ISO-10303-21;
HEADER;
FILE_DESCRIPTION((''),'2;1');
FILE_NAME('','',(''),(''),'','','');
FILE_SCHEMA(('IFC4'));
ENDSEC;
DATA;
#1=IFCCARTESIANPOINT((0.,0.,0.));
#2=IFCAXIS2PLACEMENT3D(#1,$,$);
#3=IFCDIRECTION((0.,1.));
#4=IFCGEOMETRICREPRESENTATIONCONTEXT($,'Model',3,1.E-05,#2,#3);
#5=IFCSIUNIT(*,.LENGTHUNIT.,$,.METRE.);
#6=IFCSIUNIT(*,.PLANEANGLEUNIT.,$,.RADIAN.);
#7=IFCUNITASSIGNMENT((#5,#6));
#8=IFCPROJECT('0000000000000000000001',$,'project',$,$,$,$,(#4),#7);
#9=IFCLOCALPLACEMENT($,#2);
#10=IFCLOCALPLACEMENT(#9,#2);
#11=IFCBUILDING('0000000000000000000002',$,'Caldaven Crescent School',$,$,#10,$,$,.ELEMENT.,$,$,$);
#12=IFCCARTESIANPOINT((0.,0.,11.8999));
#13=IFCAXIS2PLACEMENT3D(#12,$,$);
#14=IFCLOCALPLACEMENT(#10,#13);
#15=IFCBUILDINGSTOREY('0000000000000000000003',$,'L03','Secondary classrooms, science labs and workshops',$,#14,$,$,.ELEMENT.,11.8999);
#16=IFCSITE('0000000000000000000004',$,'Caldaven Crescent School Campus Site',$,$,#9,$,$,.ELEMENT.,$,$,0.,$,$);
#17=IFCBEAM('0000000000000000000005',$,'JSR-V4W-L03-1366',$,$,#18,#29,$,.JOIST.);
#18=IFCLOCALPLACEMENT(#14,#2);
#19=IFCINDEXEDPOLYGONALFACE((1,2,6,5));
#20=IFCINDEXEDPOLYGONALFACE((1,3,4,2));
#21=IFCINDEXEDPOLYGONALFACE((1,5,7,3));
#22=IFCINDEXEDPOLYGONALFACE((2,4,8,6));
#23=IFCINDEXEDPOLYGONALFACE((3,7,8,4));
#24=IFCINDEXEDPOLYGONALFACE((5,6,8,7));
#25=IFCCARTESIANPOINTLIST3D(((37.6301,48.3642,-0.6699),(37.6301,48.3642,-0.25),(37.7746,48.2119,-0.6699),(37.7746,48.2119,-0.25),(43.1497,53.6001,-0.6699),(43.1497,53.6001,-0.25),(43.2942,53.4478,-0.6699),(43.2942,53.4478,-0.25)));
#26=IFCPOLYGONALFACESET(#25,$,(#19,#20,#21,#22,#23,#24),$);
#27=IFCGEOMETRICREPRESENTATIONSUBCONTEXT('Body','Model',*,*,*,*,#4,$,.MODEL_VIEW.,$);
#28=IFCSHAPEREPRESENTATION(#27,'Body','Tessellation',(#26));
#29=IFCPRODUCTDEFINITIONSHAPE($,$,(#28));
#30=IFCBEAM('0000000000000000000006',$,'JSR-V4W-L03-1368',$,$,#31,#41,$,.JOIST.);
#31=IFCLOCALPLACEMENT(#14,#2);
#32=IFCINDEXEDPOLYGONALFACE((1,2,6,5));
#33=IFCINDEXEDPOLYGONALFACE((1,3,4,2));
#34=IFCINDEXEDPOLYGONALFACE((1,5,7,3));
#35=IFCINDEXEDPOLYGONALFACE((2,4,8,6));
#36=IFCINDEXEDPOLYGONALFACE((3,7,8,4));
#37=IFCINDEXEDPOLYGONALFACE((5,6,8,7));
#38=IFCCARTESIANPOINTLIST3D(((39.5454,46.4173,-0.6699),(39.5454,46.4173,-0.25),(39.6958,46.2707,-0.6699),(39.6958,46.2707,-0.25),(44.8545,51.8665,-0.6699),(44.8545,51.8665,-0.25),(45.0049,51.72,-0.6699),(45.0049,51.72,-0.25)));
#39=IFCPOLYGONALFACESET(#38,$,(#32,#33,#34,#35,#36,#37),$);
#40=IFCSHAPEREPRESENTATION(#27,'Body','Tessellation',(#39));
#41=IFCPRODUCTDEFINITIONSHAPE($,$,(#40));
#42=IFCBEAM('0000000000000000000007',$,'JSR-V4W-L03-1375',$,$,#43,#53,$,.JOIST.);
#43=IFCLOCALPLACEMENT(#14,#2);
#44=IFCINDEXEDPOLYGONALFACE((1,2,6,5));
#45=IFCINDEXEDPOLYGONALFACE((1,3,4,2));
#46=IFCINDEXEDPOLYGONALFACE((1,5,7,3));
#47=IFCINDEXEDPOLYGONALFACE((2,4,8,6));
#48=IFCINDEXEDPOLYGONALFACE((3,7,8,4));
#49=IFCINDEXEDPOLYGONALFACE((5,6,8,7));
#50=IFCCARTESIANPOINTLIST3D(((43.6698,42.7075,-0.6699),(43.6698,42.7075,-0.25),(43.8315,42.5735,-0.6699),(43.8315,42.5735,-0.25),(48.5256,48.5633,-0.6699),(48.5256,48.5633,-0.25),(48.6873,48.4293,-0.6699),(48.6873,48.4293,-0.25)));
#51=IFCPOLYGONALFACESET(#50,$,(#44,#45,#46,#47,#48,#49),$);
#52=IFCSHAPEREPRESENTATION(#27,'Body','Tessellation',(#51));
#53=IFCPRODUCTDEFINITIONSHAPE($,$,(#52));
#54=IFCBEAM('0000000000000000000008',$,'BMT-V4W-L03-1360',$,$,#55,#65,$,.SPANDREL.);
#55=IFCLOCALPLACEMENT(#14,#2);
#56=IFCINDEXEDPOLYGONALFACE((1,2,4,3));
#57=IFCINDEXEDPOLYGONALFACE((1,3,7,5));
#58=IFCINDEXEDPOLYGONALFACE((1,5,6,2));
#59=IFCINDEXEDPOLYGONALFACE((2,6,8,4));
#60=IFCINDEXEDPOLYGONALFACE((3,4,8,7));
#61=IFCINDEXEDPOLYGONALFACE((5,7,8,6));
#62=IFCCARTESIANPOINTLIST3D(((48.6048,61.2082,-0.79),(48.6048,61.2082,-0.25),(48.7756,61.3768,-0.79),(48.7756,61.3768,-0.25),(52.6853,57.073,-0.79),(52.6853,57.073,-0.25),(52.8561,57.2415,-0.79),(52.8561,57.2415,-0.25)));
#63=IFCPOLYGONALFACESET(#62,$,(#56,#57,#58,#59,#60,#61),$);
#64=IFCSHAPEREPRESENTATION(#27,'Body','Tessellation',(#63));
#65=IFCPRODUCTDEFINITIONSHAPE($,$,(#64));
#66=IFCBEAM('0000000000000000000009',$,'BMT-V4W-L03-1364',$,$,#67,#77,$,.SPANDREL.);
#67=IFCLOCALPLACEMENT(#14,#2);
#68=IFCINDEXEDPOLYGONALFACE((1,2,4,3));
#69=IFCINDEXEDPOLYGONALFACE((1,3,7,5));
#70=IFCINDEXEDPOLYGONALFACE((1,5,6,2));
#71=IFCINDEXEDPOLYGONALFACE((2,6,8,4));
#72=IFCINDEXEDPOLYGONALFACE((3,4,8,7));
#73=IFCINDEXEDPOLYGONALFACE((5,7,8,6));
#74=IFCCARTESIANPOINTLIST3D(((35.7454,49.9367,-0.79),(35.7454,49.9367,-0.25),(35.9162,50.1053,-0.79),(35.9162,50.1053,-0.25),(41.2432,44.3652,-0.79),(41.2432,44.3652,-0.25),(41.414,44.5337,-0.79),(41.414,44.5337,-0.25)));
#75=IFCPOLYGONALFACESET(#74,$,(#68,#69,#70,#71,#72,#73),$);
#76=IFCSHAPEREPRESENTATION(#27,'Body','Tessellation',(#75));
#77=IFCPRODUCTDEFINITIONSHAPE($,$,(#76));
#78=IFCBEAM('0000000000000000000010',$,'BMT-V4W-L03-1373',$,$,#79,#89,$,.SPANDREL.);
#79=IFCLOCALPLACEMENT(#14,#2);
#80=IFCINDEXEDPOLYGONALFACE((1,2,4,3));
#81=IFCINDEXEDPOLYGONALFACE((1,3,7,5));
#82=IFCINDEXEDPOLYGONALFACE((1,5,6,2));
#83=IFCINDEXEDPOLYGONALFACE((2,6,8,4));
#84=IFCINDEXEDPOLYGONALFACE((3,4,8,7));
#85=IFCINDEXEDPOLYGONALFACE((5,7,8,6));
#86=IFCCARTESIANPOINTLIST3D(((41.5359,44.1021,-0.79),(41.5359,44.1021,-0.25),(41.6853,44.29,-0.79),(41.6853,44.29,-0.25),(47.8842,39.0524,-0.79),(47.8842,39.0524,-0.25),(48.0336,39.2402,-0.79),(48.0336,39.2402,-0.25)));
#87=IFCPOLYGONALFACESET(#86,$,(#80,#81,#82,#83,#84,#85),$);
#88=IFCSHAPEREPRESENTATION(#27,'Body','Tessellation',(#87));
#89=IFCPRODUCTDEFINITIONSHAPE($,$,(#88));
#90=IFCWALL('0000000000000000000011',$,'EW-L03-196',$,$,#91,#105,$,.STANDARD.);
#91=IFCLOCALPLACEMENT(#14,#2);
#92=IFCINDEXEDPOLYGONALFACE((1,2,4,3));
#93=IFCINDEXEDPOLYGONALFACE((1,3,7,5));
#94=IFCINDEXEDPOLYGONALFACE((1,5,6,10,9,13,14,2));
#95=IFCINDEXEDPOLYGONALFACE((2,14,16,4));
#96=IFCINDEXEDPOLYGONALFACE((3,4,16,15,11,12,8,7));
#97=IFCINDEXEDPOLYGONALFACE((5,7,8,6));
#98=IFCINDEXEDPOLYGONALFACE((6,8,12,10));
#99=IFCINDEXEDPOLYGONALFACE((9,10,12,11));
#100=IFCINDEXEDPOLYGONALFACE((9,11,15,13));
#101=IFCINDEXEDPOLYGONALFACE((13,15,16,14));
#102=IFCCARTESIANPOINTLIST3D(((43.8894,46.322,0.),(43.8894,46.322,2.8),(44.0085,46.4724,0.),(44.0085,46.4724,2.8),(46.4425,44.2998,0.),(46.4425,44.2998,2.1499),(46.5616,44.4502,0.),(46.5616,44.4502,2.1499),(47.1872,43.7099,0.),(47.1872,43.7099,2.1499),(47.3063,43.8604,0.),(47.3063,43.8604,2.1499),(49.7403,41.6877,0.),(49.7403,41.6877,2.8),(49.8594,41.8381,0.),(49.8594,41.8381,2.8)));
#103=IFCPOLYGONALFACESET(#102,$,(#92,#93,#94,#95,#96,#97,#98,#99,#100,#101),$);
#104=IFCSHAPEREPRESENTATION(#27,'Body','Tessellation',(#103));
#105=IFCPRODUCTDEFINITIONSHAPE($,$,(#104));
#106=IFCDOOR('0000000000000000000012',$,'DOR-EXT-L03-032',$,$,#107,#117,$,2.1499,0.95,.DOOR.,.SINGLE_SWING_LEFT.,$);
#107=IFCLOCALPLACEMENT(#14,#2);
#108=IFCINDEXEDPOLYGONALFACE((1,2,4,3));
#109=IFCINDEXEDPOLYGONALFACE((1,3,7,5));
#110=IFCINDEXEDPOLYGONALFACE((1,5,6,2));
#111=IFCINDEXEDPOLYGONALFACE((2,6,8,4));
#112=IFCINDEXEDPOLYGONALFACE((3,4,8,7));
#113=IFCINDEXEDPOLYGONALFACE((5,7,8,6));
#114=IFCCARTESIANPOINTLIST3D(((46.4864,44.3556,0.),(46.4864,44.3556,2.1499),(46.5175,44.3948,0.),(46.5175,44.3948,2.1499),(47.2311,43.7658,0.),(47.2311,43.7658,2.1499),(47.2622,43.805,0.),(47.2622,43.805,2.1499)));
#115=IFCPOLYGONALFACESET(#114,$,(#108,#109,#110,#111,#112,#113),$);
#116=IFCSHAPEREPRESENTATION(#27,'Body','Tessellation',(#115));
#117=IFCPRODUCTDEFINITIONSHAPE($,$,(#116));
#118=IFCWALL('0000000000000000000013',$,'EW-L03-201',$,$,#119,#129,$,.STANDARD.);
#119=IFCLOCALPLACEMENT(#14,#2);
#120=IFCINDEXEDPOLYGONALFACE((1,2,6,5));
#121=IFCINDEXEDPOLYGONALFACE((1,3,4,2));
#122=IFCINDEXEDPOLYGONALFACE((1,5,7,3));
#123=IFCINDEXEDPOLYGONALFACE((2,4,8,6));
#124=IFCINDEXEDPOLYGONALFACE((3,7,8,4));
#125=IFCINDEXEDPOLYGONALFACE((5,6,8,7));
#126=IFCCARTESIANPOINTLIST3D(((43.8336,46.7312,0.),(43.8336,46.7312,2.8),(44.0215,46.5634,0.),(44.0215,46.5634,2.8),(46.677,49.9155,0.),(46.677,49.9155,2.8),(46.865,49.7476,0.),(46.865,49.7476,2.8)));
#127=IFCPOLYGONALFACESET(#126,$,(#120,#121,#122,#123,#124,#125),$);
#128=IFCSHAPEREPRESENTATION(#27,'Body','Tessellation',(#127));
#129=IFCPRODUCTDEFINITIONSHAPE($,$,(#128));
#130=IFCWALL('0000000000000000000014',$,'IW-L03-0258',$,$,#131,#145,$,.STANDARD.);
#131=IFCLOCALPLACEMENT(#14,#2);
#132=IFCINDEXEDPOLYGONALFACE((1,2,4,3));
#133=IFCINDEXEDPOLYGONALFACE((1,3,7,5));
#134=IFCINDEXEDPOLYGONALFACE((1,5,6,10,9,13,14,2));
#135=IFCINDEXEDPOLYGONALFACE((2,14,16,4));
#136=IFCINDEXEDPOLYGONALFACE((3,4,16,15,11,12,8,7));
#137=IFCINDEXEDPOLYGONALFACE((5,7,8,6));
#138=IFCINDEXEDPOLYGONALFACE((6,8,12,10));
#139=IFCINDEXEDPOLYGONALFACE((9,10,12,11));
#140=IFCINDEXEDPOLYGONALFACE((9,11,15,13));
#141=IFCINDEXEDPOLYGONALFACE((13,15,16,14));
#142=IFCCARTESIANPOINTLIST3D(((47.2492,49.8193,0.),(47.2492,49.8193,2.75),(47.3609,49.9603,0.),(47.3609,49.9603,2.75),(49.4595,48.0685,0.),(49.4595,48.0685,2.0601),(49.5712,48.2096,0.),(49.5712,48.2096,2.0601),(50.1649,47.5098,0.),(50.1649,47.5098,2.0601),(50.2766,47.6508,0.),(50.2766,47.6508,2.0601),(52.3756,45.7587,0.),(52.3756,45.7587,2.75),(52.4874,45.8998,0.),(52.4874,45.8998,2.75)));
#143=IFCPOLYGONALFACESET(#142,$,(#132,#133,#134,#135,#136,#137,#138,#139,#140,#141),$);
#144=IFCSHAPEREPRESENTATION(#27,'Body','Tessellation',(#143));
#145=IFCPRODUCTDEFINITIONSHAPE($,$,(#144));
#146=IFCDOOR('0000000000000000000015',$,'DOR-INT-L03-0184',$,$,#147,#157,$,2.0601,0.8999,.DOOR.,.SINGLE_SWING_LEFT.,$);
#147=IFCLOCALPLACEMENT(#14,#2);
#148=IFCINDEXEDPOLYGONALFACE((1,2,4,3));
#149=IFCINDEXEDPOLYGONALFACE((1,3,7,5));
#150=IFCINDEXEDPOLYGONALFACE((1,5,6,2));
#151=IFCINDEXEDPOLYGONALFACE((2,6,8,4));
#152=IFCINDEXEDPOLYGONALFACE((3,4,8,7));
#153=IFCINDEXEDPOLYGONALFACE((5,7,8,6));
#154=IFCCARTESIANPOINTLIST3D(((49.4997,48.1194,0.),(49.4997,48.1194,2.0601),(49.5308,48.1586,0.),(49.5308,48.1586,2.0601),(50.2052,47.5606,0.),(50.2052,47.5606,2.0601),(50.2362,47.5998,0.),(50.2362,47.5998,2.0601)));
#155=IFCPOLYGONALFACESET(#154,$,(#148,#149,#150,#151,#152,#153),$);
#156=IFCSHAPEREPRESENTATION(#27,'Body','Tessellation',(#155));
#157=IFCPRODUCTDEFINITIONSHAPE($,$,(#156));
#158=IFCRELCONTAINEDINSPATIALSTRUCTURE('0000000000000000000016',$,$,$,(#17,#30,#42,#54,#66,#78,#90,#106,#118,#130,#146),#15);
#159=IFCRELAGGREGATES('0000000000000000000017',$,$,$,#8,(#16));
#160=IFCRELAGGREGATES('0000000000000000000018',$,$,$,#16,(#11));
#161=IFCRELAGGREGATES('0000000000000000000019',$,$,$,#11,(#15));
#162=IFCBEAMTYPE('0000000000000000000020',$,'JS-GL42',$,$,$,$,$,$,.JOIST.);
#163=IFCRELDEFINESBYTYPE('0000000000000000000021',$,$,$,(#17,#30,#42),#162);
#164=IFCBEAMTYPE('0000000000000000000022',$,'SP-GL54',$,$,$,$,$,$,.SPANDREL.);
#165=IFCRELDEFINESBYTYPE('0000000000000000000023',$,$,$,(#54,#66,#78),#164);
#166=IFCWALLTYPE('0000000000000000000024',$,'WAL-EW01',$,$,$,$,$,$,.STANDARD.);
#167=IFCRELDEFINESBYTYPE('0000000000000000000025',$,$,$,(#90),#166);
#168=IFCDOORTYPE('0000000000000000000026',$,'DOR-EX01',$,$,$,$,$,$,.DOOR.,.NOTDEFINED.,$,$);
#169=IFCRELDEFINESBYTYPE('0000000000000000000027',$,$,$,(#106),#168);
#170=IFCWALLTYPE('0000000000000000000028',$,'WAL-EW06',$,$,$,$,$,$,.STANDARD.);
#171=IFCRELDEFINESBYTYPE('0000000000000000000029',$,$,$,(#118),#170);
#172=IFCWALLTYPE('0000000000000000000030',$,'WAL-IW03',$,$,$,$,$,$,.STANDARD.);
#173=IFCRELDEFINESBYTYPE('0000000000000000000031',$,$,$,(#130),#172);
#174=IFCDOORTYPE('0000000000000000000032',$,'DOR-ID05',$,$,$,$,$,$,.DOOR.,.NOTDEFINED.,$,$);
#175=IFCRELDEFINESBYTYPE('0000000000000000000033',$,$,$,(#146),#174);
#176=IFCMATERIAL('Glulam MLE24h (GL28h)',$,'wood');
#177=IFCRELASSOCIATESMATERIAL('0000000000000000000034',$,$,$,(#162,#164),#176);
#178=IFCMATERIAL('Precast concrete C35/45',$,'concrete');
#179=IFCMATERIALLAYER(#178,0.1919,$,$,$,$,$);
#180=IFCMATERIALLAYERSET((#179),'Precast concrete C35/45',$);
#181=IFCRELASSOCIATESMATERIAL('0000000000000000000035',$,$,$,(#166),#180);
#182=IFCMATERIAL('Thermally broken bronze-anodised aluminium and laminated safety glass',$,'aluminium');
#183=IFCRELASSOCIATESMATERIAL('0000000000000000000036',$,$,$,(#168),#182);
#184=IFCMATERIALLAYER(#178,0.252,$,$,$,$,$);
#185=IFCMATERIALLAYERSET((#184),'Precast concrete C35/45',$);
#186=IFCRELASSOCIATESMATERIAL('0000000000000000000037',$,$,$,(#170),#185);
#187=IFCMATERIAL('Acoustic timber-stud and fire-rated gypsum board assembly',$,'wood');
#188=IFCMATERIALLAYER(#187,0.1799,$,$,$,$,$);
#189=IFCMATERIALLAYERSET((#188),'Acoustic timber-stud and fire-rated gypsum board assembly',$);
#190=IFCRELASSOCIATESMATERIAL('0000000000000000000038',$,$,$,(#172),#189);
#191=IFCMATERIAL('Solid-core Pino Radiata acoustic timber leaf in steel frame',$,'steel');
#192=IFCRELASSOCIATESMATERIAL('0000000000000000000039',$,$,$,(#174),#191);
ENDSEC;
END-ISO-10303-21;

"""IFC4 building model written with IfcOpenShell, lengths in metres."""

from ifc_helpers import new_model, si_unit, direction, frame, frame_2d, origin, origin_2d, place, context, subcontext, project, spatial, rectangle, extrude, material, layer, layer_set, material_profile, profile_set, type_object, element, fill, save


model = new_model("IFC4")

# Units and contexts
model_context = context("Model", 3, precision=1e-05, world=origin(), true_north=direction((0.0, 1.0)))
body_context = subcontext(model_context, "Body", "Model", "MODEL_VIEW")
ifc_project = project(units=[si_unit("LENGTHUNIT", "METRE"), si_unit("PLANEANGLEUNIT", "RADIAN")], contexts=[model_context])

# Site, building, storey
site_placement = place(None, origin())
site = spatial("IfcSite", under=ifc_project, at=site_placement, Name="Caldaven Crescent School Campus Site", CompositionType="ELEMENT", RefElevation=0.0)
building_placement = place(site_placement, origin())
building = spatial("IfcBuilding", under=site, at=building_placement, Name="Caldaven Crescent School", CompositionType="ELEMENT")
storey_placement = place(building_placement, frame((0.0, 0.0, 11.8999)))
storey = spatial("IfcBuildingStorey", under=building, at=storey_placement, Name="L03", Description="Secondary classrooms, science labs and workshops", CompositionType="ELEMENT", Elevation=11.8999)

# Shared definitions
ifc_material_1 = material(Name="Glulam MLE24h (GL28h)", Category="wood")

# Beams
ifc_material_profile_1 = material_profile(ifc_material_1, rectangle(XDim=0.21, YDim=0.4199, at=origin_2d()), Name="MLE 210x420")
ifc_profile_set_1 = profile_set([ifc_material_profile_1], Name="Glulam MLE24h (GL28h)")
beam_type_1 = type_object("IfcBeamType", Name="JS-GL42", PredefinedType="JOIST", material=ifc_profile_set_1)
for number, where, z_axis, x_axis, name in (
    (1, (43.2219, 53.5239, -0.46), (-0.725506, -0.688216, 0.0), (0.688216, -0.725506, 0.0), "JSR-V4W-L03-1366"),
    (2, (44.9297, 51.7932, -0.46), (-0.697837, -0.716257, 0.0), (0.716257, -0.697837, 0.0), "JSR-V4W-L03-1368"),
):
    element("IfcBeam", number, at=place(storey_placement, frame(where, z_axis=z_axis, x_axis=x_axis)), inside=storey, type_object=beam_type_1, Name=name, PredefinedType="JOIST", context=body_context, shape_type="SweptSolid", body=[
        extrude(rectangle(XDim=0.21, YDim=0.4199, at=origin_2d()), origin(), (0.0, 0.0, 1.0), 7.6079),
    ])
beam_1_placement = place(storey_placement, frame((48.6064, 48.4963, -0.46), z_axis=(-0.638317, -0.769774, 0.0), x_axis=(0.769774, -0.638317, 0.0)))
element("IfcBeam", 3, at=beam_1_placement, inside=storey, type_object=beam_type_1, Name="JSR-V4W-L03-1375", PredefinedType="JOIST", context=body_context, shape_type="SweptSolid", body=[
    extrude(rectangle(XDim=0.21, YDim=0.4199, at=origin_2d()), origin(), (0.0, 0.0, 1.0), 7.6072),
])
ifc_material_profile_2 = material_profile(ifc_material_1, rectangle(XDim=0.24, YDim=0.54, at=origin_2d()), Name="MLE 240x540")
ifc_profile_set_2 = profile_set([ifc_material_profile_2], Name="Glulam MLE24h (GL28h)")
beam_type_2 = type_object("IfcBeamType", Name="SP-GL54", PredefinedType="SPANDREL", material=ifc_profile_set_2)
beam_2_placement = place(storey_placement, frame((48.6902, 61.2925, -0.52), z_axis=(0.702384, -0.711798, 0.0), x_axis=(0.711798, 0.702384, 0.0)))
element("IfcBeam", 4, at=beam_2_placement, inside=storey, type_object=beam_type_2, Name="BMT-V4W-L03-1360", PredefinedType="SPANDREL", context=body_context, shape_type="SweptSolid", body=[
    extrude(rectangle(XDim=0.24, YDim=0.54, at=origin_2d()), origin(), (0.0, 0.0, 1.0), 5.8096),
])
beam_3_placement = place(storey_placement, frame((35.8308, 50.021, -0.52), z_axis=(0.702381, -0.711801, 0.0), x_axis=(0.711801, 0.702381, 0.0)))
element("IfcBeam", 5, at=beam_3_placement, inside=storey, type_object=beam_type_2, Name="BMT-V4W-L03-1364", PredefinedType="SPANDREL", context=body_context, shape_type="SweptSolid", body=[
    extrude(rectangle(XDim=0.24, YDim=0.54, at=origin_2d()), origin(), (0.0, 0.0, 1.0), 7.8274),
])
beam_4_placement = place(storey_placement, frame((41.6106, 44.196, -0.52), z_axis=(0.782604, -0.62252, 0.0), x_axis=(0.62252, 0.782604, 0.0)))
element("IfcBeam", 6, at=beam_4_placement, inside=storey, type_object=beam_type_2, Name="BMT-V4W-L03-1373", PredefinedType="SPANDREL", context=body_context, shape_type="SweptSolid", body=[
    extrude(rectangle(XDim=0.24, YDim=0.54, at=origin_2d()), origin(), (0.0, 0.0, 1.0), 8.1118),
])

# Wall, opening, door
ifc_material_2 = material(Name="Precast concrete C35/45", Category="concrete")
ifc_layer_1 = layer(ifc_material_2, 0.1919)
ifc_layer_set_1 = layer_set([ifc_layer_1], Name="Precast concrete C35/45")
wall_type_1 = type_object("IfcWallType", Name="WAL-EW01", PredefinedType="STANDARD", material=ifc_layer_set_1)
wall_1_placement = place(storey_placement, frame((43.949, 46.3972, 0.0), z_axis=(0.0, 0.0, 1.0), x_axis=(0.783891, -0.620898, 0.0)))
wall_1 = element("IfcWall", 7, at=wall_1_placement, inside=storey, type_object=wall_type_1, Name="EW-L03-196", PredefinedType="STANDARD", context=body_context, shape_type="SweptSolid", body=[
    extrude(rectangle(XDim=7.4639, YDim=0.1919, at=frame_2d((3.7319, 0.0))), origin(), (0.0, 0.0, 1.0), 2.8),
])
opening_1_placement = place(wall_1_placement, frame((3.2568, 0.0, 0.0)))
opening_1 = element("IfcOpeningElement", 8, at=opening_1_placement, cuts=wall_1, PredefinedType="OPENING", context=body_context, shape_type="SweptSolid", body=[
    extrude(rectangle(XDim=0.95, YDim=2.1499, at=frame_2d((0.4751, 1.075))), frame((0.0, 0.106, 0.0), z_axis=(0.0, -1.0, 0.0), x_axis=(1.0, 0.0, 0.0)), (0.0, 0.0, 1.0), 0.2119),
])
ifc_material_3 = material(Name="Thermally broken bronze-anodised aluminium and laminated safety glass", Category="aluminium")
door_type_1 = type_object("IfcDoorType", Name="DOR-EX01", OperationType="NOTDEFINED", PredefinedType="DOOR", material=ifc_material_3)
door_1_placement = place(opening_1_placement, frame((0.95, 0.0, 0.0), z_axis=(0.0, 0.0, 1.0), x_axis=(-1.0, 0.0, 0.0)))
door_1 = element("IfcDoor", 9, at=door_1_placement, inside=storey, type_object=door_type_1, Name="DOR-EXT-L03-032", OperationType="SINGLE_SWING_LEFT", OverallHeight=2.1499, OverallWidth=0.95, PredefinedType="DOOR", context=body_context, shape_type="SweptSolid", body=[
    extrude(rectangle(XDim=0.95, YDim=2.1499, at=frame_2d((0.4751, 1.075))), frame((0.0, 0.0249, 0.0), z_axis=(0.0, -1.0, 0.0), x_axis=(1.0, 0.0, 0.0)), (0.0, 0.0, 1.0), 0.05),
])
fill(opening_1, door_1)

# Wall
ifc_layer_2 = layer(ifc_material_2, 0.252)
ifc_layer_set_2 = layer_set([ifc_layer_2], Name="Precast concrete C35/45")
wall_type_2 = type_object("IfcWallType", Name="WAL-EW06", PredefinedType="STANDARD", material=ifc_layer_set_2)
wall_2_placement = place(storey_placement, frame((46.771, 49.8315, 0.0), z_axis=(0.0, 0.0, 1.0), x_axis=(-0.666062, -0.745896, 0.0)))
element("IfcWall", 10, at=wall_2_placement, inside=storey, type_object=wall_type_2, Name="EW-L03-201", PredefinedType="STANDARD", context=body_context, shape_type="SweptSolid", body=[
    extrude(rectangle(XDim=4.269, YDim=0.252, at=frame_2d((2.1345, 0.0))), origin(), (0.0, 0.0, 1.0), 2.8),
])

# Wall, opening, door
ifc_material_4 = material(Name="Acoustic timber-stud and fire-rated gypsum board assembly", Category="wood")
ifc_layer_3 = layer(ifc_material_4, 0.1799)
ifc_layer_set_3 = layer_set([ifc_layer_3], Name="Acoustic timber-stud and fire-rated gypsum board assembly")
wall_type_3 = type_object("IfcWallType", Name="WAL-IW03", PredefinedType="STANDARD", material=ifc_layer_set_3)
wall_3_placement = place(storey_placement, frame((47.3049, 49.8899, 0.0), z_axis=(0.0, 0.0, 1.0), x_axis=(0.78389, -0.6209, 0.0)))
wall_3 = element("IfcWall", 11, at=wall_3_placement, inside=storey, type_object=wall_type_3, Name="IW-L03-0258", PredefinedType="STANDARD", context=body_context, shape_type="SweptSolid", body=[
    extrude(rectangle(XDim=6.5398, YDim=0.1799, at=frame_2d((3.27, 0.0))), origin(), (0.0, 0.0, 1.0), 2.75),
])
opening_2_placement = place(wall_3_placement, frame((2.8198, 0.0, 0.0)))
opening_2 = element("IfcOpeningElement", 12, at=opening_2_placement, cuts=wall_3, PredefinedType="OPENING", context=body_context, shape_type="SweptSolid", body=[
    extrude(rectangle(XDim=0.8999, YDim=2.0601, at=frame_2d((0.45, 1.03))), frame((0.0, 0.0999, 0.0), z_axis=(0.0, -1.0, 0.0), x_axis=(1.0, 0.0, 0.0)), (0.0, 0.0, 1.0), 0.2),
])
ifc_material_5 = material(Name="Solid-core Pino Radiata acoustic timber leaf in steel frame", Category="steel")
door_type_2 = type_object("IfcDoorType", Name="DOR-ID05", OperationType="NOTDEFINED", PredefinedType="DOOR", material=ifc_material_5)
door_2_placement = place(opening_2_placement, origin())
door_2 = element("IfcDoor", 13, at=door_2_placement, inside=storey, type_object=door_type_2, Name="DOR-INT-L03-0184", OperationType="SINGLE_SWING_LEFT", OverallHeight=2.0601, OverallWidth=0.8999, PredefinedType="DOOR", context=body_context, shape_type="SweptSolid", body=[
    extrude(rectangle(XDim=0.8999, YDim=2.0601, at=frame_2d((0.45, 1.03))), frame((0.0, 0.0249, 0.0), z_axis=(0.0, -1.0, 0.0), x_axis=(1.0, 0.0, 0.0)), (0.0, 0.0, 1.0), 0.05),
])
fill(opening_2, door_2)

save(model, "model.ifc")
